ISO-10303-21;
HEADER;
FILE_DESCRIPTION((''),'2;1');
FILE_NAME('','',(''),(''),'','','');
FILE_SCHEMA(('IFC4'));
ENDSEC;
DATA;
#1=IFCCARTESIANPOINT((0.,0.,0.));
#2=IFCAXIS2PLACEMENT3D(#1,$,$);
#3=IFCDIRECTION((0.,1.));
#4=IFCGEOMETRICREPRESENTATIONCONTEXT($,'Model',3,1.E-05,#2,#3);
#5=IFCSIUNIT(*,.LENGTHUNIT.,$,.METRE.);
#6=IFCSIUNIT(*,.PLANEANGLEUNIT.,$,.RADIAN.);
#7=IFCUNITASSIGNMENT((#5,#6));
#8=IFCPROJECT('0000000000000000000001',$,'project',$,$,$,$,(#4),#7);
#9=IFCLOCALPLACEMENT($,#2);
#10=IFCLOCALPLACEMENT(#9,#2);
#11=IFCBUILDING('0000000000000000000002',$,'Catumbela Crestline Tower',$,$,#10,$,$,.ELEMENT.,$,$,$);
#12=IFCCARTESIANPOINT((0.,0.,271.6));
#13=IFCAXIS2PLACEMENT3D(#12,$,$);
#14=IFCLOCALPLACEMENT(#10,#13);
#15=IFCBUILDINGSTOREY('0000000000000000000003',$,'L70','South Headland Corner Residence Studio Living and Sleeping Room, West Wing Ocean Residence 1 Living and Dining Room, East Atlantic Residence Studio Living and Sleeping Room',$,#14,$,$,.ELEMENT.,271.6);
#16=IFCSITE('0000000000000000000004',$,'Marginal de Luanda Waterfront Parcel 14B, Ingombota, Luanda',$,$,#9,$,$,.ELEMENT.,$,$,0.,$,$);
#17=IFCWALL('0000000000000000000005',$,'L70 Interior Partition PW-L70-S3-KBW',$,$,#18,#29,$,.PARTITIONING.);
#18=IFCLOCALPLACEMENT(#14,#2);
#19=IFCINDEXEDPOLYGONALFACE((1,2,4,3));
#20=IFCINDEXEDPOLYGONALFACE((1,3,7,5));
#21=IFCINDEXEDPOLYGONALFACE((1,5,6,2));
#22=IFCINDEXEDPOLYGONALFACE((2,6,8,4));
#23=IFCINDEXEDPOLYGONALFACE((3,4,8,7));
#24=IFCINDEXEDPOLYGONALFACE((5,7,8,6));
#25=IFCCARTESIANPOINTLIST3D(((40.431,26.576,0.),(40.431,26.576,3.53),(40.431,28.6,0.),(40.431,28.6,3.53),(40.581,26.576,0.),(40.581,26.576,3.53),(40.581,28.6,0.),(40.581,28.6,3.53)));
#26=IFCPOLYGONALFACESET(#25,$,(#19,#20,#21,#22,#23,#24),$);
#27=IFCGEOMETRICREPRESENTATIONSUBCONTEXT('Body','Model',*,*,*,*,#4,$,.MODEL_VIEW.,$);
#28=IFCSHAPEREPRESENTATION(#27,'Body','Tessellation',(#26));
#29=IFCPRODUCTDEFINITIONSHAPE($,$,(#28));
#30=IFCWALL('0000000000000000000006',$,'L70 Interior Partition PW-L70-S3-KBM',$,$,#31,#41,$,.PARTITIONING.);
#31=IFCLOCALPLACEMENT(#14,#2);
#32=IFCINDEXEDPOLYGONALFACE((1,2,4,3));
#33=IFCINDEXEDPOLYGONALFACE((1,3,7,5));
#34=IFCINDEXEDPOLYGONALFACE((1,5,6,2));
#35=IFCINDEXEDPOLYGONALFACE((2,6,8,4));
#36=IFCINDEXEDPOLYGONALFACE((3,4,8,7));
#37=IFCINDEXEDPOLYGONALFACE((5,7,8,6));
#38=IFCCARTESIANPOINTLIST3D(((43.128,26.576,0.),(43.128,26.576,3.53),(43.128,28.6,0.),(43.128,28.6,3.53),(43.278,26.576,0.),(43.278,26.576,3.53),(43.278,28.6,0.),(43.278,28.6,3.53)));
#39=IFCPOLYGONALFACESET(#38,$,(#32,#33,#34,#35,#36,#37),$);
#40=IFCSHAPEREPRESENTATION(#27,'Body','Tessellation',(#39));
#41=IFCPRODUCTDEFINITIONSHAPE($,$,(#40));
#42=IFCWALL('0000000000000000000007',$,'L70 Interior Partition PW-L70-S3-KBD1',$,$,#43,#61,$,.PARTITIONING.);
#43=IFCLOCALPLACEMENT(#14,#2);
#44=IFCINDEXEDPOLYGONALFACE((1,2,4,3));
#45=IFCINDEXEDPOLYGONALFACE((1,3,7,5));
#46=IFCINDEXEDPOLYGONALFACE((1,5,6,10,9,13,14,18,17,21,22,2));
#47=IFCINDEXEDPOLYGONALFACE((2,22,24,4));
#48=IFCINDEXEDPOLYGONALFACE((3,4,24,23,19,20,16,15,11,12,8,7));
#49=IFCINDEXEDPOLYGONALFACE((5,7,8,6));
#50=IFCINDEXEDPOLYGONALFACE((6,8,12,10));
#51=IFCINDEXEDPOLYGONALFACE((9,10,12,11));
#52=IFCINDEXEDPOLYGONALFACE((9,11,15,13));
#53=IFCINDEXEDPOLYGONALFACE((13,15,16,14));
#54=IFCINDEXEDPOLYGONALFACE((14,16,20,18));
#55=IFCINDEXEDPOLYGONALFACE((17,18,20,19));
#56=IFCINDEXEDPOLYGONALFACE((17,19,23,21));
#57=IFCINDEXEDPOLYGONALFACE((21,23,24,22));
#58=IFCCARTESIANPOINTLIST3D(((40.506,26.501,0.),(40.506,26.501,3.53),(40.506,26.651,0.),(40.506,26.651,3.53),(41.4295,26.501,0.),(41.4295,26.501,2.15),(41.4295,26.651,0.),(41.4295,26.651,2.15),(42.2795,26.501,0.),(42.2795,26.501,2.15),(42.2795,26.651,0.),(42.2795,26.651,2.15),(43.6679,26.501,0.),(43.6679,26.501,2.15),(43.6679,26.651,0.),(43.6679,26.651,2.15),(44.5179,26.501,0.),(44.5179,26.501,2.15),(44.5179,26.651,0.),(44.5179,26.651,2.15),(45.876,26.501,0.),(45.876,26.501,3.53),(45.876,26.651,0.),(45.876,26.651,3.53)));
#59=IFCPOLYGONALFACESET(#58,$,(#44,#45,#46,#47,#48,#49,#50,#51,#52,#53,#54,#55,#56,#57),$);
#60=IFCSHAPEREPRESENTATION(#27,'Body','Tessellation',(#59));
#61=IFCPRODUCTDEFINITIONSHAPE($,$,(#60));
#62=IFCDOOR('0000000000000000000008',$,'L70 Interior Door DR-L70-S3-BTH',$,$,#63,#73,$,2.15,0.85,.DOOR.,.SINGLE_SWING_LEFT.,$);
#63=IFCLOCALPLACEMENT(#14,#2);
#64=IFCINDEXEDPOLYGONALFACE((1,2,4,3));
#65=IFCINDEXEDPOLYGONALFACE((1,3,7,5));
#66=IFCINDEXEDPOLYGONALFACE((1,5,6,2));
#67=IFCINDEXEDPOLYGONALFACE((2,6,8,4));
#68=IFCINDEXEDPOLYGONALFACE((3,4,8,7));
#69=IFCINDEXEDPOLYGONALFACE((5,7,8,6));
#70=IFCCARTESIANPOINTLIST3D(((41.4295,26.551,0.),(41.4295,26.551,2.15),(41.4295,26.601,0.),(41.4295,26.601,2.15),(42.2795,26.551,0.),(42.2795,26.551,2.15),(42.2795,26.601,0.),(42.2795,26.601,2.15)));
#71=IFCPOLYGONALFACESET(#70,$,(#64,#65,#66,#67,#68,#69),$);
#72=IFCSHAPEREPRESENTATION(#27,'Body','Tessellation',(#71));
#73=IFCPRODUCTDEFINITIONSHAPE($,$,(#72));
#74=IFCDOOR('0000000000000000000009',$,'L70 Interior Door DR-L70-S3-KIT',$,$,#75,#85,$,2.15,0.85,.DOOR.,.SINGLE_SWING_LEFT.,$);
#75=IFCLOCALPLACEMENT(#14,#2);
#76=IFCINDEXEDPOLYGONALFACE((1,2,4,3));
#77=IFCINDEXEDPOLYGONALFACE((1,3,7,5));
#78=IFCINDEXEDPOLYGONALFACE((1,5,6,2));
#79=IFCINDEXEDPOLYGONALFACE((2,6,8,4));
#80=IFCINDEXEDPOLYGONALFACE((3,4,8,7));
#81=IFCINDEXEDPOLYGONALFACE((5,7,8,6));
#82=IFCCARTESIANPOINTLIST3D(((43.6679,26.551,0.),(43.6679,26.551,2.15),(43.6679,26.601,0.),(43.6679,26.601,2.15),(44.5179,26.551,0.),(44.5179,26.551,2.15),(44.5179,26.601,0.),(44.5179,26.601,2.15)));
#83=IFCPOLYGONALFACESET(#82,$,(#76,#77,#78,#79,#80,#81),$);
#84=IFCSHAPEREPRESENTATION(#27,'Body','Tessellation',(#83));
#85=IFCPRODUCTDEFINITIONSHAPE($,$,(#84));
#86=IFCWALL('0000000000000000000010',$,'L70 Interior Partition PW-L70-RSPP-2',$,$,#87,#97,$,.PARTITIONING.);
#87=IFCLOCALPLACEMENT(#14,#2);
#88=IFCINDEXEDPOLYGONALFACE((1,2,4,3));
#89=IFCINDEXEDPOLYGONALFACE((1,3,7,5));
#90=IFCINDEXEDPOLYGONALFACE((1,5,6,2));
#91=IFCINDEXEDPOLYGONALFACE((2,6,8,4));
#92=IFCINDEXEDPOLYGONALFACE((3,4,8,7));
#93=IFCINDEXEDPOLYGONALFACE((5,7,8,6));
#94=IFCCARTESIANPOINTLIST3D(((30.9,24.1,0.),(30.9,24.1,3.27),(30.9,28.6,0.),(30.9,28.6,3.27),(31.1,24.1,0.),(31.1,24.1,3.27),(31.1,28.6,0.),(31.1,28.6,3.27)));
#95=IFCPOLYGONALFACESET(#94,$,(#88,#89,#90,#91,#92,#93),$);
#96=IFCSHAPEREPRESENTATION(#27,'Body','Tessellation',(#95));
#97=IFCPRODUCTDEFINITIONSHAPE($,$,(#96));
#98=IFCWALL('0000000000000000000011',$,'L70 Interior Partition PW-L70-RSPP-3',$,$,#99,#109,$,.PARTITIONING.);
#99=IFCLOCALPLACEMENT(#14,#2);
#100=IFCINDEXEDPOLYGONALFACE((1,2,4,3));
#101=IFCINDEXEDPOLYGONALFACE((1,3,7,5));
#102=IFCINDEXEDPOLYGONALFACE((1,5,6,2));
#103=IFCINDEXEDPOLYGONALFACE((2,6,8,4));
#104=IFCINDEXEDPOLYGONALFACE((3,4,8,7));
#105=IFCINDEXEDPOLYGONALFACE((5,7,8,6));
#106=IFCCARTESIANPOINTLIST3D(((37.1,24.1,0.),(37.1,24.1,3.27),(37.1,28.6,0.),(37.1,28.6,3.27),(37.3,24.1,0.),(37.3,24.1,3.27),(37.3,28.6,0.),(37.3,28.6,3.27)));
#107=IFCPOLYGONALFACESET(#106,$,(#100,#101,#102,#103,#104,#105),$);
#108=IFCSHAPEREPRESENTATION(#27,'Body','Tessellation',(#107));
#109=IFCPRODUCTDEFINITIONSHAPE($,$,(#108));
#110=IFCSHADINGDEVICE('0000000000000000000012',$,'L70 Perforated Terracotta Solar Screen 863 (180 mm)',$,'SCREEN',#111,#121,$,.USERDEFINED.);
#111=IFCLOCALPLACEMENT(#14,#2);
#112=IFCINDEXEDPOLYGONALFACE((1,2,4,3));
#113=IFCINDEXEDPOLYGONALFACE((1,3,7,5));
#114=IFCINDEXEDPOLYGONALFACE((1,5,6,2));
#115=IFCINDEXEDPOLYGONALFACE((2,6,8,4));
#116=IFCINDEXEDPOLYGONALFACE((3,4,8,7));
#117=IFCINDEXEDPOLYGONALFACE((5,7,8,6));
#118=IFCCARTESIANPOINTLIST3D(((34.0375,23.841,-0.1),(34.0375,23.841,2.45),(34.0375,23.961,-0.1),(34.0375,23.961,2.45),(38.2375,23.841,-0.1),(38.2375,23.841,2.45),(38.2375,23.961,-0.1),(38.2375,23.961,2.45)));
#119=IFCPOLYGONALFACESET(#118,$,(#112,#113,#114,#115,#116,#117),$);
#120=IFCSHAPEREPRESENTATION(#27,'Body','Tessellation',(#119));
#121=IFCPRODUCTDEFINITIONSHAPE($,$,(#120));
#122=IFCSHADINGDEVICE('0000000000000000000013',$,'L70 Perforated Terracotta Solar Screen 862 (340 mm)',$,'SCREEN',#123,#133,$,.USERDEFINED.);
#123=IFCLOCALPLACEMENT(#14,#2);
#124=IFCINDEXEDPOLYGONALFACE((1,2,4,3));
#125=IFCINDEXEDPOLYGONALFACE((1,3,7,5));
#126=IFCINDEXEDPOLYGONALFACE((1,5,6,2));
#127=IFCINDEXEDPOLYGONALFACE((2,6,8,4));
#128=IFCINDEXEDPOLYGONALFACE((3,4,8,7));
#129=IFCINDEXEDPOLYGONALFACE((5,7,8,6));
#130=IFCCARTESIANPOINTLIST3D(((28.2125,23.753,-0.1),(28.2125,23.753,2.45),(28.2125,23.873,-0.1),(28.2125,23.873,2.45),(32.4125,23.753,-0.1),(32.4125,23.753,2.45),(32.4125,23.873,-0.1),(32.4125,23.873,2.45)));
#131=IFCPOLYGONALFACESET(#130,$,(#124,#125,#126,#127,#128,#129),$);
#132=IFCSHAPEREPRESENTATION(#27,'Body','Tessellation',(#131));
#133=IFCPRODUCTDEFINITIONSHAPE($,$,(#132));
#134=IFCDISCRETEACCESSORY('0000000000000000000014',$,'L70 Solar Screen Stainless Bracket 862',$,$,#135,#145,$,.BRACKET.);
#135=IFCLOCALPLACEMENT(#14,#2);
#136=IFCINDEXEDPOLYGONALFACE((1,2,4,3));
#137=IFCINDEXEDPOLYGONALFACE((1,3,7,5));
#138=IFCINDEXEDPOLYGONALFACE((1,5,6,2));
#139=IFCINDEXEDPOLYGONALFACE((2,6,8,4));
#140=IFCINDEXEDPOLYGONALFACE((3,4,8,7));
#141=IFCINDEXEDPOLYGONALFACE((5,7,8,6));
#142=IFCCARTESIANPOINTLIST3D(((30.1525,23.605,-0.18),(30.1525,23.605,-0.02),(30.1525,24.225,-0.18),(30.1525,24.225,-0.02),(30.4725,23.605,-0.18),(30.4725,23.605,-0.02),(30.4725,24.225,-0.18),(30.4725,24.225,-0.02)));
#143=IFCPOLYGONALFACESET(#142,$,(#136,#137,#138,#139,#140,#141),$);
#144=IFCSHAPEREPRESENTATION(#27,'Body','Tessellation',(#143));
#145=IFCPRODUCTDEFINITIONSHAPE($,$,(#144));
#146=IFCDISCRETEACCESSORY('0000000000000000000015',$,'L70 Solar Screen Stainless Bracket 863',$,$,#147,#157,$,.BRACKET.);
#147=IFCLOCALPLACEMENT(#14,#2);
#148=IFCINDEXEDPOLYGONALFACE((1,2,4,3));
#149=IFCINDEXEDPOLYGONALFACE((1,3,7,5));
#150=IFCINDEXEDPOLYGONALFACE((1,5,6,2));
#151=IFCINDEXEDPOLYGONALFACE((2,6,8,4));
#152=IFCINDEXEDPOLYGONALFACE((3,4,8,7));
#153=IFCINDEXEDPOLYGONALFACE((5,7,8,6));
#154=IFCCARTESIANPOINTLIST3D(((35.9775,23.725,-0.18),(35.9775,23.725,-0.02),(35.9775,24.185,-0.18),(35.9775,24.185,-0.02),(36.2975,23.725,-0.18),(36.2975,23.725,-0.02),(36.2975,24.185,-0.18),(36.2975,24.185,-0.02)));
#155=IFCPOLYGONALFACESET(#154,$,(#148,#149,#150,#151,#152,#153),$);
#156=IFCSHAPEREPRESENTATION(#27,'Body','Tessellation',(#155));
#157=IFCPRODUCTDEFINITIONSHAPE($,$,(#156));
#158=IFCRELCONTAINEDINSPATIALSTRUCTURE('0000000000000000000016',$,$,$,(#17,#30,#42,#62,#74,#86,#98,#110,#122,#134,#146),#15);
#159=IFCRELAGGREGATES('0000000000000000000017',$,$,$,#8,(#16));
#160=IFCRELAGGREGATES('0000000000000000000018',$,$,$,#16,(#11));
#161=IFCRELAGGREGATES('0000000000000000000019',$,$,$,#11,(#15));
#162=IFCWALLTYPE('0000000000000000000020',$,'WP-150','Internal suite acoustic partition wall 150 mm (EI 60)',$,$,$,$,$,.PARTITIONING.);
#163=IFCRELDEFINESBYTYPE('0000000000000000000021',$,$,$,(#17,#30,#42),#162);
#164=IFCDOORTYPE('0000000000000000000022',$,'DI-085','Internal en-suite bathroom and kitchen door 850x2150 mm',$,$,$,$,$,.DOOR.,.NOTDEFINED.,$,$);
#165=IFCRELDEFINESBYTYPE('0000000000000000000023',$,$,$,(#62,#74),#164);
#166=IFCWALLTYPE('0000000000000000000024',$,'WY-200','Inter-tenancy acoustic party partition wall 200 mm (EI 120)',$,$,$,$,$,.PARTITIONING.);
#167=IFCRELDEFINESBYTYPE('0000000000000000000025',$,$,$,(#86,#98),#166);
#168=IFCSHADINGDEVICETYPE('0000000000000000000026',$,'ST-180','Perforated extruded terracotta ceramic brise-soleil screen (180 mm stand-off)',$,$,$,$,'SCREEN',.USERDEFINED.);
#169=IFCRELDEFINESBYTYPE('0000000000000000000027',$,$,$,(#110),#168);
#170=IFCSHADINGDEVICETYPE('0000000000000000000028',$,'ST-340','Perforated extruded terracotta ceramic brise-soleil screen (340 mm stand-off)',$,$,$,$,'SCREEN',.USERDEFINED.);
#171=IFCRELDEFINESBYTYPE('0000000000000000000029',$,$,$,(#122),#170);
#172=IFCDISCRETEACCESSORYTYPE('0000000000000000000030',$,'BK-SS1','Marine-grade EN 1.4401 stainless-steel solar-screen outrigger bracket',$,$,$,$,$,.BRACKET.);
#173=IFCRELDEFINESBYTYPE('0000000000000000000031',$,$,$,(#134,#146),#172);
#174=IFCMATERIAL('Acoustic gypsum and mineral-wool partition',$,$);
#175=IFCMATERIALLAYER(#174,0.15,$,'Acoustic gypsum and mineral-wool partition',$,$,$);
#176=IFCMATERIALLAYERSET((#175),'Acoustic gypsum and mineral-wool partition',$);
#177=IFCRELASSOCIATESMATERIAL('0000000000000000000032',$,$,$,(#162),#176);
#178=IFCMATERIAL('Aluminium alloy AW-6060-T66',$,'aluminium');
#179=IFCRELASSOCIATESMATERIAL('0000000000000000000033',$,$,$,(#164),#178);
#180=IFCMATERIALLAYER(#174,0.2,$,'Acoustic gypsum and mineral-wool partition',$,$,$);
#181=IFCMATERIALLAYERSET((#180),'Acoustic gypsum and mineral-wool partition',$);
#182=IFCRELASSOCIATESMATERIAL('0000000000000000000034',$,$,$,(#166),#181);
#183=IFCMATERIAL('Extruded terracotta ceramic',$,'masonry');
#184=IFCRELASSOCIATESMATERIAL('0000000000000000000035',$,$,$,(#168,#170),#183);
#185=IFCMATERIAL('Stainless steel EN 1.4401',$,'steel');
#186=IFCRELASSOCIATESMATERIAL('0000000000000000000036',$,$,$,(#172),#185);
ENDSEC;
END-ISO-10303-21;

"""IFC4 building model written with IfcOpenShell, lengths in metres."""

from ifc_helpers import new_model, si_unit, direction, frame, frame_2d, origin, origin_2d, place, context, subcontext, project, spatial, rectangle, extrude, material, layer, layer_set, type_object, element, fill, save


model = new_model("IFC4")

# Units and contexts
model_context = context("Model", 3, precision=1e-05, world=origin(), true_north=direction((0.0, 1.0)))
body_context = subcontext(model_context, "Body", "Model", "MODEL_VIEW")
ifc_project = project(units=[si_unit("LENGTHUNIT", "METRE"), si_unit("PLANEANGLEUNIT", "RADIAN")], contexts=[model_context])

# Site, building, storey
site_placement = place(None, origin())
site = spatial("IfcSite", under=ifc_project, at=site_placement, Name="Marginal de Luanda Waterfront Parcel 14B, Ingombota, Luanda", CompositionType="ELEMENT", RefElevation=0.0)
building_placement = place(site_placement, origin())
building = spatial("IfcBuilding", under=site, at=building_placement, Name="Catumbela Crestline Tower", CompositionType="ELEMENT")
storey_placement = place(building_placement, frame((0.0, 0.0, 271.6)))
storey = spatial("IfcBuildingStorey", under=building, at=storey_placement, Name="L70", Description="South Headland Corner Residence Studio Living and Sleeping Room, West Wing Ocean Residence 1 Living and Dining Room, East Atlantic Residence Studio Living and Sleeping Room", CompositionType="ELEMENT", Elevation=271.6)

# Shared definitions
ifc_material_1 = material(Name="Aluminium alloy AW-6060-T66", Category="aluminium")

# Walls
ifc_material_2 = material(Name="Acoustic gypsum and mineral-wool partition")
ifc_layer_1 = layer(ifc_material_2, 0.15, Name="Acoustic gypsum and mineral-wool partition")
ifc_layer_set_1 = layer_set([ifc_layer_1], Name="Acoustic gypsum and mineral-wool partition")
wall_type_1 = type_object("IfcWallType", Name="WP-150", Description="Internal suite acoustic partition wall 150 mm (EI 60)", PredefinedType="PARTITIONING", material=ifc_layer_set_1)
for number, where, z_axis, x_axis, name in (
    (1, (40.506, 26.576, 0.0), (0.0, 0.0, 1.0), (0.0, 1.0, 0.0), "L70 Interior Partition PW-L70-S3-KBW"),
    (2, (43.203, 26.576, 0.0), (0.0, 0.0, 1.0), (0.0, 1.0, 0.0), "L70 Interior Partition PW-L70-S3-KBM"),
):
    element("IfcWall", number, at=place(storey_placement, frame(where, z_axis=z_axis, x_axis=x_axis)), inside=storey, type_object=wall_type_1, Name=name, PredefinedType="PARTITIONING", context=body_context, shape_type="SweptSolid", body=[
        extrude(rectangle(XDim=2.024, YDim=0.15, at=frame_2d((1.012, 0.0))), origin(), (0.0, 0.0, 1.0), 3.53),
    ])

# Wall, openings, doors
wall_1_placement = place(storey_placement, frame((40.506, 26.576, 0.0), z_axis=(0.0, 0.0, 1.0), x_axis=(1.0, 0.0, 0.0)))
wall_1 = element("IfcWall", 3, at=wall_1_placement, inside=storey, type_object=wall_type_1, Name="L70 Interior Partition PW-L70-S3-KBD1", PredefinedType="PARTITIONING", context=body_context, shape_type="SweptSolid", body=[
    extrude(rectangle(XDim=5.37, YDim=0.15, at=frame_2d((2.685, 0.0))), origin(), (0.0, 0.0, 1.0), 3.53),
])
opening_1_placement = place(wall_1_placement, frame((0.9235, 0.0, 0.0)))
opening_1 = element("IfcOpeningElement", 4, at=opening_1_placement, cuts=wall_1, PredefinedType="OPENING", context=body_context, shape_type="SweptSolid", body=[
    extrude(rectangle(XDim=0.85, YDim=2.15, at=frame_2d((0.425, 1.075))), frame((0.0, 0.085, 0.0), z_axis=(0.0, -1.0, 0.0), x_axis=(1.0, 0.0, 0.0)), (0.0, 0.0, 1.0), 0.17),
])
opening_2_placement = place(wall_1_placement, frame((3.1619, 0.0, 0.0)))
opening_2 = element("IfcOpeningElement", 5, at=opening_2_placement, cuts=wall_1, PredefinedType="OPENING", context=body_context, shape_type="SweptSolid", body=[
    extrude(rectangle(XDim=0.85, YDim=2.15, at=frame_2d((0.425, 1.075))), frame((0.0, 0.085, 0.0), z_axis=(0.0, -1.0, 0.0), x_axis=(1.0, 0.0, 0.0)), (0.0, 0.0, 1.0), 0.17),
])
door_type = type_object("IfcDoorType", Name="DI-085", Description="Internal en-suite bathroom and kitchen door 850x2150 mm", OperationType="NOTDEFINED", PredefinedType="DOOR", material=ifc_material_1)
door_1_placement = place(opening_1_placement, origin())
door_1 = element("IfcDoor", 6, at=door_1_placement, inside=storey, type_object=door_type, Name="L70 Interior Door DR-L70-S3-BTH", OperationType="SINGLE_SWING_LEFT", OverallHeight=2.15, OverallWidth=0.85, PredefinedType="DOOR", context=body_context, shape_type="SweptSolid", body=[
    extrude(rectangle(XDim=0.85, YDim=2.15, at=frame_2d((0.425, 1.075))), frame((0.0, 0.025, 0.0), z_axis=(0.0, -1.0, 0.0), x_axis=(1.0, 0.0, 0.0)), (0.0, 0.0, 1.0), 0.05),
])
fill(opening_1, door_1)
door_2_placement = place(opening_2_placement, origin())
door_2 = element("IfcDoor", 7, at=door_2_placement, inside=storey, type_object=door_type, Name="L70 Interior Door DR-L70-S3-KIT", OperationType="SINGLE_SWING_LEFT", OverallHeight=2.15, OverallWidth=0.85, PredefinedType="DOOR", context=body_context, shape_type="SweptSolid", body=[
    extrude(rectangle(XDim=0.85, YDim=2.15, at=frame_2d((0.425, 1.075))), frame((0.0, 0.025, 0.0), z_axis=(0.0, -1.0, 0.0), x_axis=(1.0, 0.0, 0.0)), (0.0, 0.0, 1.0), 0.05),
])
fill(opening_2, door_2)

# Walls
ifc_layer_2 = layer(ifc_material_2, 0.2, Name="Acoustic gypsum and mineral-wool partition")
ifc_layer_set_2 = layer_set([ifc_layer_2], Name="Acoustic gypsum and mineral-wool partition")
wall_type_2 = type_object("IfcWallType", Name="WY-200", Description="Inter-tenancy acoustic party partition wall 200 mm (EI 120)", PredefinedType="PARTITIONING", material=ifc_layer_set_2)
for number, where, z_axis, x_axis, name in (
    (8, (31.0, 24.1, 0.0), (0.0, 0.0, 1.0), (0.0, 1.0, 0.0), "L70 Interior Partition PW-L70-RSPP-2"),
    (9, (37.2, 24.1, 0.0), (0.0, 0.0, 1.0), (0.0, 1.0, 0.0), "L70 Interior Partition PW-L70-RSPP-3"),
):
    element("IfcWall", number, at=place(storey_placement, frame(where, z_axis=z_axis, x_axis=x_axis)), inside=storey, type_object=wall_type_2, Name=name, PredefinedType="PARTITIONING", context=body_context, shape_type="SweptSolid", body=[
        extrude(rectangle(XDim=4.5, YDim=0.2, at=frame_2d((2.25, 0.0))), origin(), (0.0, 0.0, 1.0), 3.27),
    ])

# Shared definitions
ifc_material_3 = material(Name="Stainless steel EN 1.4401", Category="steel")

# Shading devices
ifc_material_4 = material(Name="Extruded terracotta ceramic", Category="masonry")
shading_device_type_1 = type_object("IfcShadingDeviceType", Name="ST-180", Description="Perforated extruded terracotta ceramic brise-soleil screen (180 mm stand-off)", ElementType="SCREEN", PredefinedType="USERDEFINED", material=ifc_material_4)
shading_device_1_placement = place(storey_placement, frame((36.1375, 23.901, -0.1), z_axis=(0.0, 0.0, 1.0), x_axis=(1.0, 0.0, 0.0)))
element("IfcShadingDevice", 10, at=shading_device_1_placement, inside=storey, type_object=shading_device_type_1, Name="L70 Perforated Terracotta Solar Screen 863 (180 mm)", ObjectType="SCREEN", PredefinedType="USERDEFINED", context=body_context, shape_type="SweptSolid", body=[
    extrude(rectangle(XDim=4.2, YDim=0.12, at=origin_2d()), origin(), (0.0, 0.0, 1.0), 2.55),
])
shading_device_type_2 = type_object("IfcShadingDeviceType", Name="ST-340", Description="Perforated extruded terracotta ceramic brise-soleil screen (340 mm stand-off)", ElementType="SCREEN", PredefinedType="USERDEFINED", material=ifc_material_4)
shading_device_2_placement = place(storey_placement, frame((30.3125, 23.813, -0.1), z_axis=(0.0, 0.0, 1.0), x_axis=(1.0, 0.0, 0.0)))
element("IfcShadingDevice", 11, at=shading_device_2_placement, inside=storey, type_object=shading_device_type_2, Name="L70 Perforated Terracotta Solar Screen 862 (340 mm)", ObjectType="SCREEN", PredefinedType="USERDEFINED", context=body_context, shape_type="SweptSolid", body=[
    extrude(rectangle(XDim=4.2, YDim=0.12, at=origin_2d()), origin(), (0.0, 0.0, 1.0), 2.55),
])

# Discrete accessories
discrete_accessory_type = type_object("IfcDiscreteAccessoryType", Name="BK-SS1", Description="Marine-grade EN 1.4401 stainless-steel solar-screen outrigger bracket", PredefinedType="BRACKET", material=ifc_material_3)
discrete_accessory_1_placement = place(storey_placement, frame((30.3125, 23.915, -0.18), z_axis=(0.0, 0.0, 1.0), x_axis=(1.0, 0.0, 0.0)))
element("IfcDiscreteAccessory", 12, at=discrete_accessory_1_placement, inside=storey, type_object=discrete_accessory_type, Name="L70 Solar Screen Stainless Bracket 862", PredefinedType="BRACKET", context=body_context, shape_type="SweptSolid", body=[
    extrude(rectangle(XDim=0.32, YDim=0.62, at=origin_2d()), origin(), (0.0, 0.0, 1.0), 0.16),
])
discrete_accessory_2_placement = place(storey_placement, frame((36.1375, 23.955, -0.18), z_axis=(0.0, 0.0, 1.0), x_axis=(1.0, 0.0, 0.0)))
element("IfcDiscreteAccessory", 13, at=discrete_accessory_2_placement, inside=storey, type_object=discrete_accessory_type, Name="L70 Solar Screen Stainless Bracket 863", PredefinedType="BRACKET", context=body_context, shape_type="SweptSolid", body=[
    extrude(rectangle(XDim=0.32, YDim=0.46, at=origin_2d()), origin(), (0.0, 0.0, 1.0), 0.16),
])

save(model, "model.ifc")
